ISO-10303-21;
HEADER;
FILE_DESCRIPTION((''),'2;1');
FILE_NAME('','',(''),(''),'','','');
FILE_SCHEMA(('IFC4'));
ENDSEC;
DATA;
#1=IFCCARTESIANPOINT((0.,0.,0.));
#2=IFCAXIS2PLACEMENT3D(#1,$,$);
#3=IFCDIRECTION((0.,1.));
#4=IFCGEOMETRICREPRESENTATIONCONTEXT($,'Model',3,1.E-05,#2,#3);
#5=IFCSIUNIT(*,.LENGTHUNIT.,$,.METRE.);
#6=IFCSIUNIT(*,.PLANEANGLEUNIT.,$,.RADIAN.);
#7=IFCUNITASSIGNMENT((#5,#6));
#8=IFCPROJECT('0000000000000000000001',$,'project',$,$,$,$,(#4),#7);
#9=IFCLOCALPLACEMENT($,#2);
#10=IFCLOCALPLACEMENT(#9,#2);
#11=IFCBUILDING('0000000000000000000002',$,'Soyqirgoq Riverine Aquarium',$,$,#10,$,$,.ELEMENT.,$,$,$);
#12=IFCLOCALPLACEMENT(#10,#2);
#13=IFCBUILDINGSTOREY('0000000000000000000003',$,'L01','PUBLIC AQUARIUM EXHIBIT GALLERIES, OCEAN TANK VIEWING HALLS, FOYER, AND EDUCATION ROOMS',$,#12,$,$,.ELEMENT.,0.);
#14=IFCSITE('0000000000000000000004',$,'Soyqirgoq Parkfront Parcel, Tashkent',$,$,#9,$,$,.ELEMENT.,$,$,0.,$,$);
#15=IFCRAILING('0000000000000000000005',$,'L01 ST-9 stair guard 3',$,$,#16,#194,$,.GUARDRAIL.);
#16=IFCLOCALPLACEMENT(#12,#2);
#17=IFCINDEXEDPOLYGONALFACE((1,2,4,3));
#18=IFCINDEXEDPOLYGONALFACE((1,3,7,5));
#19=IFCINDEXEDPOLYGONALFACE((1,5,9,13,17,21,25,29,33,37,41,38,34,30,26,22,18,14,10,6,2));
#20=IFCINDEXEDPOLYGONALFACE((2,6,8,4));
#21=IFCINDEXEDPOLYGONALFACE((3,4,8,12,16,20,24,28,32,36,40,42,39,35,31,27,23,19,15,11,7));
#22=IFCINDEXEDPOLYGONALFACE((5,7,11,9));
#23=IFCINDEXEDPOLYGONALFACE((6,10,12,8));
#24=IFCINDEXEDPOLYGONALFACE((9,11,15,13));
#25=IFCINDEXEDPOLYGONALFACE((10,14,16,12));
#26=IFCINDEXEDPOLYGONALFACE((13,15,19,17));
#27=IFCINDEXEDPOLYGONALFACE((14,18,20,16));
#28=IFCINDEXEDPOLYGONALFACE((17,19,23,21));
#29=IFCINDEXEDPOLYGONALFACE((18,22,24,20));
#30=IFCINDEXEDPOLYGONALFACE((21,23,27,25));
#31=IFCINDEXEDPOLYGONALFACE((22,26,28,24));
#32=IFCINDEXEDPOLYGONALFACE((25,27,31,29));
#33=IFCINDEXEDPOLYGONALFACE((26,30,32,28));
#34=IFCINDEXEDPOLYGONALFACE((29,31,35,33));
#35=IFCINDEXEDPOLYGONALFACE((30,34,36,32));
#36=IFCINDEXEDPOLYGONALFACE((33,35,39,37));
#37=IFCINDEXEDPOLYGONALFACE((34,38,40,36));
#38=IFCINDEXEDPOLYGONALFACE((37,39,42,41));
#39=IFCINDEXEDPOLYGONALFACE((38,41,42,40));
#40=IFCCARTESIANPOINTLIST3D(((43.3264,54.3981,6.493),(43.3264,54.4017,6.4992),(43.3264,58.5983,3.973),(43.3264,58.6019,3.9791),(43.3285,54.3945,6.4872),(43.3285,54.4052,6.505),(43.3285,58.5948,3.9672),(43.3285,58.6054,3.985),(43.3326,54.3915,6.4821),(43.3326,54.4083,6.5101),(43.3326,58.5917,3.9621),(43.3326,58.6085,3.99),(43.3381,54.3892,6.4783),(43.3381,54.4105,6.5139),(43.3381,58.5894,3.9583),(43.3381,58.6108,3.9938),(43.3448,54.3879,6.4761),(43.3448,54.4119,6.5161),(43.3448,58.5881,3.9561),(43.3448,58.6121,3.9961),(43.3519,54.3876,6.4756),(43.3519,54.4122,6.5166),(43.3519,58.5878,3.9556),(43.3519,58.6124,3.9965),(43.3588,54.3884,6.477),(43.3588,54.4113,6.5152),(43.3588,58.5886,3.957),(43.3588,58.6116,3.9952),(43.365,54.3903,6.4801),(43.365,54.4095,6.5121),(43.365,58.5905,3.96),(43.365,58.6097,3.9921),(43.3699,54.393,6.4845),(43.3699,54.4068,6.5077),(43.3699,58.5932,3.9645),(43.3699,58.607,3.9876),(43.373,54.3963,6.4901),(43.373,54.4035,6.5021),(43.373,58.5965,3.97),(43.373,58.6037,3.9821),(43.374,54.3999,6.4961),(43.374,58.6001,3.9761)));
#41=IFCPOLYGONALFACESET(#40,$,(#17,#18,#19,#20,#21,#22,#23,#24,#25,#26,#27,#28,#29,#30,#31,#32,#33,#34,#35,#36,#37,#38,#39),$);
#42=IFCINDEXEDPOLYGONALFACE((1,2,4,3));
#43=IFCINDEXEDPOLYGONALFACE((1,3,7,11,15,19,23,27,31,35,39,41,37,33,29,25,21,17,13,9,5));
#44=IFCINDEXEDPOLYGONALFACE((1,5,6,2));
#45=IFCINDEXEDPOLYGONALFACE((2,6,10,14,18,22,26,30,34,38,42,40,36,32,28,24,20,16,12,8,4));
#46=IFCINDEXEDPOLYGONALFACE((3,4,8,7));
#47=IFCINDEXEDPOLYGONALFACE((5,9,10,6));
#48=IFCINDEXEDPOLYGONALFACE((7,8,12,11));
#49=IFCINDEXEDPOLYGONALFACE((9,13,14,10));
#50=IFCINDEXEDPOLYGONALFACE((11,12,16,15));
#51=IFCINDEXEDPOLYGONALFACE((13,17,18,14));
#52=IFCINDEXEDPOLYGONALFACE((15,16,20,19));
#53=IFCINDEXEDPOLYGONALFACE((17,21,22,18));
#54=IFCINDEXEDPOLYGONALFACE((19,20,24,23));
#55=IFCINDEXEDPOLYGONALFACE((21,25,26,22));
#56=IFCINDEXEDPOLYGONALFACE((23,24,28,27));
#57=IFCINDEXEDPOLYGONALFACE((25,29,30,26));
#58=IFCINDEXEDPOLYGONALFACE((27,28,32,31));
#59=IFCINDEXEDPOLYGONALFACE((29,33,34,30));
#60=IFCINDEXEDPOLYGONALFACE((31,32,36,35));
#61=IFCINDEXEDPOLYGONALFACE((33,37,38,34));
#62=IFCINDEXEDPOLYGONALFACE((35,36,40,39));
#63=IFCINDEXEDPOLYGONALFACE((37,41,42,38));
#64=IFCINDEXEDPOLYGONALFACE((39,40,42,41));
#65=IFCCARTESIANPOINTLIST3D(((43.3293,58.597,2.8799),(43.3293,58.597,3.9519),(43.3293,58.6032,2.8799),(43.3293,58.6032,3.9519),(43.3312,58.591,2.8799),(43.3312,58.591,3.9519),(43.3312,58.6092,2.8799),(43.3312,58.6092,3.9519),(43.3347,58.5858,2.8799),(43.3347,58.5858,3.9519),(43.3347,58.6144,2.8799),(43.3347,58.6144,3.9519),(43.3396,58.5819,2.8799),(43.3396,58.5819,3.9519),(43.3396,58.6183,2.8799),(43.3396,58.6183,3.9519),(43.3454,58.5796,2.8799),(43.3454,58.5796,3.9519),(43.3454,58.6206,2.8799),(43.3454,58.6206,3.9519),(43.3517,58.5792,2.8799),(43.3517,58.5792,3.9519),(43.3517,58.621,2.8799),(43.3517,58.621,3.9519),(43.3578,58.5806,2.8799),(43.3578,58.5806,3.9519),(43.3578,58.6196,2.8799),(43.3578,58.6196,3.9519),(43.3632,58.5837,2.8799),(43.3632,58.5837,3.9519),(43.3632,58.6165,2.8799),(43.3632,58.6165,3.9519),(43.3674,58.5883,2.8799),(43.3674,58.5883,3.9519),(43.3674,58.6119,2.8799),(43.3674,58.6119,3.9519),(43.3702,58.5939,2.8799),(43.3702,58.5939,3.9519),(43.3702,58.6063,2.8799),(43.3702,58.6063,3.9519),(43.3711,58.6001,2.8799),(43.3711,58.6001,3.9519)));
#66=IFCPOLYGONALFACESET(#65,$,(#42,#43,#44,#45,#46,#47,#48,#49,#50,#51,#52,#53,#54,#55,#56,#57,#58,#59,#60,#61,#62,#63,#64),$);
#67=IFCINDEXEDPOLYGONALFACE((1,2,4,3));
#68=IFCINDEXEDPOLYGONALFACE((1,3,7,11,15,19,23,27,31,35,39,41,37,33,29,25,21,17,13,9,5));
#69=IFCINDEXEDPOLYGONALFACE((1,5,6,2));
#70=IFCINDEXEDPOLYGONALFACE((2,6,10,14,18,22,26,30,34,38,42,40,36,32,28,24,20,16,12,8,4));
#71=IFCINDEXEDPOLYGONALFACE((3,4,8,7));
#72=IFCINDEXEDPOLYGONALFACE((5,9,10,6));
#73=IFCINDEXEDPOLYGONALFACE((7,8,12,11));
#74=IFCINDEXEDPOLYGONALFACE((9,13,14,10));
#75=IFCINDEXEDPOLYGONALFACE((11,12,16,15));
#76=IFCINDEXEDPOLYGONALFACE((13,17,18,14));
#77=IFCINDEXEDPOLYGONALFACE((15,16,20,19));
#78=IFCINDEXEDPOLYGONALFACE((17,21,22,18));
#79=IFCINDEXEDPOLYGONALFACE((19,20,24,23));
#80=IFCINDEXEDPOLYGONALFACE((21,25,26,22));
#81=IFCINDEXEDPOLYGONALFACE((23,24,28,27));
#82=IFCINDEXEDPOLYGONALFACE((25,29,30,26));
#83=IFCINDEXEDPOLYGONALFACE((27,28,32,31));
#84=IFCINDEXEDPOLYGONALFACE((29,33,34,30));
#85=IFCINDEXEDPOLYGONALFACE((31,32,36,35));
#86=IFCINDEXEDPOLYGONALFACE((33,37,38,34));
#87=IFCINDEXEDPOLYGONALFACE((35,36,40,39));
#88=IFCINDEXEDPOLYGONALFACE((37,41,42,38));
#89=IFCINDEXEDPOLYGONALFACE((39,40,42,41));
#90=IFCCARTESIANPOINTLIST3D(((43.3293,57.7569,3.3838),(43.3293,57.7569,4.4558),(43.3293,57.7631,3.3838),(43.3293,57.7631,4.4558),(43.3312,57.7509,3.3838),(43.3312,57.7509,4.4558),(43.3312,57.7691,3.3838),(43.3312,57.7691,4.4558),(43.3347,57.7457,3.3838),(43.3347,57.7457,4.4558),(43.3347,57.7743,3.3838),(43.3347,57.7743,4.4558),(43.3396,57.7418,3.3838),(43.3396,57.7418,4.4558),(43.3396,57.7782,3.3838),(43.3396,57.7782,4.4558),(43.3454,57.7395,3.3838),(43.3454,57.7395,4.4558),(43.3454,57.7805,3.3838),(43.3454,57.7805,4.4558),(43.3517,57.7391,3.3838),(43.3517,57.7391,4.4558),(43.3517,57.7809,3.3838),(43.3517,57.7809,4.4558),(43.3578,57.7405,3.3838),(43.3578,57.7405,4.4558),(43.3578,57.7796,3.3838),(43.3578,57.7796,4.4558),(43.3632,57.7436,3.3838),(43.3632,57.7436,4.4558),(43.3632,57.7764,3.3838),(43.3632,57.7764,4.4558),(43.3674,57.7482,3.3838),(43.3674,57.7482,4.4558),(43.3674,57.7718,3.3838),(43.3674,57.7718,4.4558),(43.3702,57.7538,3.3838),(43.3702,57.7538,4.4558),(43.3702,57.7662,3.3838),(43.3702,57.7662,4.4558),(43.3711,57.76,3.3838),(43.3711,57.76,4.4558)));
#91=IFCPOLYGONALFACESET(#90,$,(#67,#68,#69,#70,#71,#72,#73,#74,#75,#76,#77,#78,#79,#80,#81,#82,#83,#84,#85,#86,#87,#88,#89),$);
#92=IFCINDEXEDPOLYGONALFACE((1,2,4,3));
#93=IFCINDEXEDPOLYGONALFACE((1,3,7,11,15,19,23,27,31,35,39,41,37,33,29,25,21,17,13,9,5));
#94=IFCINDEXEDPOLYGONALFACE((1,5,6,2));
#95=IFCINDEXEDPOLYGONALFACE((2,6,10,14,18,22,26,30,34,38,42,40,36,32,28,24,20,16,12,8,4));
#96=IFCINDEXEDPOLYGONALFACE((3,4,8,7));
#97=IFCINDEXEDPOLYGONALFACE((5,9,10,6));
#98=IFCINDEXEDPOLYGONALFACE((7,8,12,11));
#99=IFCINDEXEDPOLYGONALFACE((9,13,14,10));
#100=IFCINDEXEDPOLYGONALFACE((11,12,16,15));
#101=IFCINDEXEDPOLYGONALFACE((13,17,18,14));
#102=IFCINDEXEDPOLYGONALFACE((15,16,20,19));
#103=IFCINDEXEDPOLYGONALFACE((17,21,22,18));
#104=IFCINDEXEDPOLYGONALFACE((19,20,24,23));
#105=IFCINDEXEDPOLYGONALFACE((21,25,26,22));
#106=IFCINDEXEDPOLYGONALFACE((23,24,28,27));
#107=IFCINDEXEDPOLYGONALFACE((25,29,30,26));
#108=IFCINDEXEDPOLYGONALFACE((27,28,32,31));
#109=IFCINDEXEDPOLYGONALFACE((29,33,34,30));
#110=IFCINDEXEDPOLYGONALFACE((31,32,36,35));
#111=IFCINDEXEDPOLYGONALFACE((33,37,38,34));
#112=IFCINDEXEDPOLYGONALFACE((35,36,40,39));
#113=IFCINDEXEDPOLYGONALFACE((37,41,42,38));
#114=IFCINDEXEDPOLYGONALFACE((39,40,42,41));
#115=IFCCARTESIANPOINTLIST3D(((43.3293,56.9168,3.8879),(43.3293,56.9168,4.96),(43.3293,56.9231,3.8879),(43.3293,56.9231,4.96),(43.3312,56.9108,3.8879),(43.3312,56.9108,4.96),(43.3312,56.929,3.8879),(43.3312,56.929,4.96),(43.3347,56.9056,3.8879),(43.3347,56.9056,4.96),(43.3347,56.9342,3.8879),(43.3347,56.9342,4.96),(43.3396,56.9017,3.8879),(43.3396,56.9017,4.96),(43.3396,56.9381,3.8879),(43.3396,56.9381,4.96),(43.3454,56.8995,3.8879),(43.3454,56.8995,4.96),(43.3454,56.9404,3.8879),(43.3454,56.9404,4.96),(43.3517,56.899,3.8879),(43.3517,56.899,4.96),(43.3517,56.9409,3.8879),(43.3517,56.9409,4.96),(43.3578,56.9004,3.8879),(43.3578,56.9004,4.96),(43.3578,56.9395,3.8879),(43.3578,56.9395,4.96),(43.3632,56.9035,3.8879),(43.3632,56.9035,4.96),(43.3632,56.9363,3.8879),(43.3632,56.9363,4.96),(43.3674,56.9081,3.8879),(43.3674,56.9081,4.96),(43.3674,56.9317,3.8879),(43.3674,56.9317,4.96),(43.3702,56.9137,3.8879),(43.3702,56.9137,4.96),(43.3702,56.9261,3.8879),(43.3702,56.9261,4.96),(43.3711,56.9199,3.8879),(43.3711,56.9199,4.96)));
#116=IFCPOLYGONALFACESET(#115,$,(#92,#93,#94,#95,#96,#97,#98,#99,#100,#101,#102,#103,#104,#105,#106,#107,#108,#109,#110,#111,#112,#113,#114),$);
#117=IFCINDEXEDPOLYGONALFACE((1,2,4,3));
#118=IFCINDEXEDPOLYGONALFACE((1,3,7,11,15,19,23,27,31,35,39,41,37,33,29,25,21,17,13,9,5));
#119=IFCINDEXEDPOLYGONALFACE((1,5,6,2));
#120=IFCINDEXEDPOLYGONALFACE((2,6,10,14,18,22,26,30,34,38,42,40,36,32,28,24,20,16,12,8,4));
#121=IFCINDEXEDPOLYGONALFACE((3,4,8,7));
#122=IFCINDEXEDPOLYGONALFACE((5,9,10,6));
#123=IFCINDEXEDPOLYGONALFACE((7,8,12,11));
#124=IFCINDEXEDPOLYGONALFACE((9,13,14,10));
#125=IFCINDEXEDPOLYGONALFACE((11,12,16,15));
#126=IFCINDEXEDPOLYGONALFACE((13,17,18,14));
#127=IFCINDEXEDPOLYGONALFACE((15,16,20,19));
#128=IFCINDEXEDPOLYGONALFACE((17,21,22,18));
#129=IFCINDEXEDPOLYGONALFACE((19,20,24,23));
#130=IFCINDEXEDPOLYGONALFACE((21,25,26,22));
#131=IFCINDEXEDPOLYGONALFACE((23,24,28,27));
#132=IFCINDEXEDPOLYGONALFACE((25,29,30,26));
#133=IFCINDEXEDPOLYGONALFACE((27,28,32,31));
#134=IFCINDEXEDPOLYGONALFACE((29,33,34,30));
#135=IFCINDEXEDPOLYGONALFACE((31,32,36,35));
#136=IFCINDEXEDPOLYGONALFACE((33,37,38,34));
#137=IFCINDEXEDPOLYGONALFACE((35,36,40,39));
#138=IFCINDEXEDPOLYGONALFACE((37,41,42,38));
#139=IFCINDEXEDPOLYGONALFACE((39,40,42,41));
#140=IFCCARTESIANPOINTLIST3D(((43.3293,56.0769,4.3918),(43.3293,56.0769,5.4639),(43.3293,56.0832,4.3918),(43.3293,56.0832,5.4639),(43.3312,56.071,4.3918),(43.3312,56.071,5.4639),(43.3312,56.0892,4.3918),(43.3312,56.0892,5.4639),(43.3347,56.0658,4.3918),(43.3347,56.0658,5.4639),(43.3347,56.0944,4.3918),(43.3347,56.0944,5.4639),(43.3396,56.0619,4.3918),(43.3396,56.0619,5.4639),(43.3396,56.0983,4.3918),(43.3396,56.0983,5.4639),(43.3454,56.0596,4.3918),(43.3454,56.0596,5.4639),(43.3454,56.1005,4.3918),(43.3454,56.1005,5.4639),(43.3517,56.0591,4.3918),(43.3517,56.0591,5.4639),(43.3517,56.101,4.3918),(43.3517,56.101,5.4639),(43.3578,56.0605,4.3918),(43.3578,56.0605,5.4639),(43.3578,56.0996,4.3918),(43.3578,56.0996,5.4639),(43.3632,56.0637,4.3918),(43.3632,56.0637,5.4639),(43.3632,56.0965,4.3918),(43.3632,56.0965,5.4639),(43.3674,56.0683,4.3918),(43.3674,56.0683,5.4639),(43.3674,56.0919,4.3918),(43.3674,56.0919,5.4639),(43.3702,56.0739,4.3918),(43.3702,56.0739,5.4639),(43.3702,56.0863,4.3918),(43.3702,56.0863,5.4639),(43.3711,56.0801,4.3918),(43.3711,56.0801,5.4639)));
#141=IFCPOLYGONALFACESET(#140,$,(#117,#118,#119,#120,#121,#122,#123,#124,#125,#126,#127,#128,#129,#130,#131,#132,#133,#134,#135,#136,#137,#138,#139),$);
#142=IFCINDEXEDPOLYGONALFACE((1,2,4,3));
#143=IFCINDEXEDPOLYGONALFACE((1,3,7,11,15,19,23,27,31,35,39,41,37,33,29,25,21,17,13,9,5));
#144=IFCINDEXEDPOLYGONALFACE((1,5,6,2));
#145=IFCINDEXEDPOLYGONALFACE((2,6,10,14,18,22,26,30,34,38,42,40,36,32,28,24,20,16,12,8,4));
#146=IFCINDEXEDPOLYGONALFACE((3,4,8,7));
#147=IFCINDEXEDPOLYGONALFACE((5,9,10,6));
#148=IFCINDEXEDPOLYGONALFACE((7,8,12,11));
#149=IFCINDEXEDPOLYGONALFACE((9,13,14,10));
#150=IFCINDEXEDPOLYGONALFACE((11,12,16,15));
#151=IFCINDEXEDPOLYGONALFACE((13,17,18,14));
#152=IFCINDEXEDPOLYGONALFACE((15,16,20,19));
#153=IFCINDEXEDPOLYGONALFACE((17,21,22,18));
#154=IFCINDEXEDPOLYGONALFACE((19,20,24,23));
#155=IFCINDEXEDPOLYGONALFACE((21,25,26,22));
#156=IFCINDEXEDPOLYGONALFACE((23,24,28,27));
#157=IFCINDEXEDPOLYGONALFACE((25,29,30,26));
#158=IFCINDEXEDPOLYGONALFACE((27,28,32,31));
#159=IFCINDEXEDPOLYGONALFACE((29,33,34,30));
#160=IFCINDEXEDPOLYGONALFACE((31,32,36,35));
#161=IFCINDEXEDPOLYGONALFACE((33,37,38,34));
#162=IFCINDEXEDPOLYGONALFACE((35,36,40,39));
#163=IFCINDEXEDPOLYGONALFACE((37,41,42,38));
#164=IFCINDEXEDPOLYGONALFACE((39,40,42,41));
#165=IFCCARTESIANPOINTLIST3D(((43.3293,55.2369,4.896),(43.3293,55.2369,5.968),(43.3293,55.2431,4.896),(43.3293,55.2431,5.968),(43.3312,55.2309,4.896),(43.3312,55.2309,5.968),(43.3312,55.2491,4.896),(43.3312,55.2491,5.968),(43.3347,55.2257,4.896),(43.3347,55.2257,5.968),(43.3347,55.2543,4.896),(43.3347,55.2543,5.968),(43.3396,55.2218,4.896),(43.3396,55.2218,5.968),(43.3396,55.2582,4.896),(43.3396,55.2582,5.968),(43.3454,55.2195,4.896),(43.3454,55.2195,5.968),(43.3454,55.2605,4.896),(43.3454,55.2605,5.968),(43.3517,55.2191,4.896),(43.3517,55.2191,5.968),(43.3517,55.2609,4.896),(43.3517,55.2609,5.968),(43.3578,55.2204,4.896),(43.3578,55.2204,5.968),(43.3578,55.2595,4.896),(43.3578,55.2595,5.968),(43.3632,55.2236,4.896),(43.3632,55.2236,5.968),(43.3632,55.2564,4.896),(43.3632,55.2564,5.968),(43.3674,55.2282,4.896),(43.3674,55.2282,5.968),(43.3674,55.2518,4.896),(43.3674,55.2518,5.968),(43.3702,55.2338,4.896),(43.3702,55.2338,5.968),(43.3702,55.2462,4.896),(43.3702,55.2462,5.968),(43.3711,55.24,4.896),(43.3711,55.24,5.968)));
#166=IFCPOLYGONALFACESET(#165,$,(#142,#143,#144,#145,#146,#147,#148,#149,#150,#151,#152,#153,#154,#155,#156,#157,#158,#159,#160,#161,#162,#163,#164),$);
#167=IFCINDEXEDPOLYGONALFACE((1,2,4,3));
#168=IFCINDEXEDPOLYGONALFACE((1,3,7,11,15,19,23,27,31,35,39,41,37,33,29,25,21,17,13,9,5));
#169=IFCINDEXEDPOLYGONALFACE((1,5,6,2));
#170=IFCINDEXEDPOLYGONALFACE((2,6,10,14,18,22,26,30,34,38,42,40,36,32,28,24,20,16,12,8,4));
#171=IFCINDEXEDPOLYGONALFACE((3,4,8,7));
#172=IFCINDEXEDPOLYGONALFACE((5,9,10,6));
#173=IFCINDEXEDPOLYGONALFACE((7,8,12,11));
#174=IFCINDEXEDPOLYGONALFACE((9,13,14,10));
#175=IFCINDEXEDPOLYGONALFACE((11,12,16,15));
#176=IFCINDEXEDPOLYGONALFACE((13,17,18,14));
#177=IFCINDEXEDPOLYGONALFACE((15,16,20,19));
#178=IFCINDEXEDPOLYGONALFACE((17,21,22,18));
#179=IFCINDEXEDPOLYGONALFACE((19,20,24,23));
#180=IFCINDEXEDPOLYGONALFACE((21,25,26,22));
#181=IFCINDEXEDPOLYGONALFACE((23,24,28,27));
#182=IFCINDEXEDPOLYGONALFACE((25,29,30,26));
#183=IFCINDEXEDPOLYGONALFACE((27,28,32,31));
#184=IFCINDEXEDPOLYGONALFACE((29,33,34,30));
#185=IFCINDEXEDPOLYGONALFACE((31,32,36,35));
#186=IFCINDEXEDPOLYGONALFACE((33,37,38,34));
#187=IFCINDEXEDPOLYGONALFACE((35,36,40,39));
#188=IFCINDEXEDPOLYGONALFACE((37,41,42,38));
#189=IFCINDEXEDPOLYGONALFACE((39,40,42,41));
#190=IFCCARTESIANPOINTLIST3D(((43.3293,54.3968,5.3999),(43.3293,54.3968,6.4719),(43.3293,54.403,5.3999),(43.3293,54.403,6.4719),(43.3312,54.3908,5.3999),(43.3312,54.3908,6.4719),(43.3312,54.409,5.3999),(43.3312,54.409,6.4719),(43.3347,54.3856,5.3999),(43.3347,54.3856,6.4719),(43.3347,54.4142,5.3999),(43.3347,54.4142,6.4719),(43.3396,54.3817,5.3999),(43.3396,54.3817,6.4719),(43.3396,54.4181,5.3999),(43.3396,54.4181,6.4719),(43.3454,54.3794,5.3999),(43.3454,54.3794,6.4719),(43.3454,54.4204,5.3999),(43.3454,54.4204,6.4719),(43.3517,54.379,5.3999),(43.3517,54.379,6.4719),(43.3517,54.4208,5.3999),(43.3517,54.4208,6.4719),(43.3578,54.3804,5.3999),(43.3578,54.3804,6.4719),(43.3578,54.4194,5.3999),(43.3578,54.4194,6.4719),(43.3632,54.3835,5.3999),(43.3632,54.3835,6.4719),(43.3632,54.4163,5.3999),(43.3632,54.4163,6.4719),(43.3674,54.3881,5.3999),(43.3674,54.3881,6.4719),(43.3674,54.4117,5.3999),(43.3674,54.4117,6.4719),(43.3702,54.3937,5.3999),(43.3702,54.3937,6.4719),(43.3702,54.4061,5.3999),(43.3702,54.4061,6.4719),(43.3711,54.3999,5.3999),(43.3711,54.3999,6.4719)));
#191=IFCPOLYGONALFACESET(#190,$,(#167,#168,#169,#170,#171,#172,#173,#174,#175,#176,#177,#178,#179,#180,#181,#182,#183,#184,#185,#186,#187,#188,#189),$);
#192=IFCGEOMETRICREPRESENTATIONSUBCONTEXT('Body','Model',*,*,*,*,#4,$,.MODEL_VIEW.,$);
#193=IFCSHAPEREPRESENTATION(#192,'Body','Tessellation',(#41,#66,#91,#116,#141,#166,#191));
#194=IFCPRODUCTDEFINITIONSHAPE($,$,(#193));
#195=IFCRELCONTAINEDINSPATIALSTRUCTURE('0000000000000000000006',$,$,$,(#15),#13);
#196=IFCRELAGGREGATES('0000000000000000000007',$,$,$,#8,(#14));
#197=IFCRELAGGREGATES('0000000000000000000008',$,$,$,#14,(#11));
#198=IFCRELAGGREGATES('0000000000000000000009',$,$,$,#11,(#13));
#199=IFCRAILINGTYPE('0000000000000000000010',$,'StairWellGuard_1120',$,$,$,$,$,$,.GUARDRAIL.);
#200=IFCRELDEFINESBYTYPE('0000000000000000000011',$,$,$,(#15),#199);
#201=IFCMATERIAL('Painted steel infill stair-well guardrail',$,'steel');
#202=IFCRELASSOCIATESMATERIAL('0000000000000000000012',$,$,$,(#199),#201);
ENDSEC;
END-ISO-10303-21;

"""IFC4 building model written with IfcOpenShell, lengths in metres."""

from ifc_helpers import new_model, si_unit, direction, frame, origin, origin_2d, place, context, subcontext, project, spatial, circle, extrude, material, type_object, element, save


model = new_model("IFC4")

# Units and contexts
model_context = context("Model", 3, precision=1e-05, world=origin(), true_north=direction((0.0, 1.0)))
body_context = subcontext(model_context, "Body", "Model", "MODEL_VIEW")
ifc_project = project(units=[si_unit("LENGTHUNIT", "METRE"), si_unit("PLANEANGLEUNIT", "RADIAN")], contexts=[model_context])

# Site, building, storey
site_placement = place(None, origin())
site = spatial("IfcSite", under=ifc_project, at=site_placement, Name="Soyqirgoq Parkfront Parcel, Tashkent", CompositionType="ELEMENT", RefElevation=0.0)
building_placement = place(site_placement, origin())
building = spatial("IfcBuilding", under=site, at=building_placement, Name="Soyqirgoq Riverine Aquarium", CompositionType="ELEMENT")
storey_placement = place(building_placement, origin())
storey = spatial("IfcBuildingStorey", under=building, at=storey_placement, Name="L01", Description="PUBLIC AQUARIUM EXHIBIT GALLERIES, OCEAN TANK VIEWING HALLS, FOYER, AND EDUCATION ROOMS", CompositionType="ELEMENT", Elevation=0.0)

# Railing
ifc_material_1 = material(Name="Painted steel infill stair-well guardrail", Category="steel")
railing_type_1 = type_object("IfcRailingType", Name="StairWellGuard_1120", PredefinedType="GUARDRAIL", material=ifc_material_1)
railing_1_placement = place(storey_placement, frame((43.3501, 58.6001, 2.8799)))
element("IfcRailing", 1, at=railing_1_placement, inside=storey, type_object=railing_type_1, Name="L01 ST-9 stair guard 3", PredefinedType="GUARDRAIL", context=body_context, shape_type="SweptSolid", body=[
    extrude(circle(Radius=0.0239, at=origin_2d()), frame((0.0, 0.0, 1.0962), z_axis=(0.0, -0.857502, 0.514481), x_axis=(1.0, 0.0, 0.0)), (0.0, 0.0, 1.0), 4.8982),
    extrude(circle(Radius=0.021, at=origin_2d()), origin(), (0.0, 0.0, 1.0), 1.072),
    extrude(circle(Radius=0.021, at=origin_2d()), frame((0.0, -0.8401, 0.5039)), (0.0, 0.0, 1.0), 1.072),
    extrude(circle(Radius=0.021, at=origin_2d()), frame((0.0, -1.6802, 1.0081)), (0.0, 0.0, 1.0), 1.072),
    extrude(circle(Radius=0.021, at=origin_2d()), frame((0.0, -2.52, 1.512)), (0.0, 0.0, 1.0), 1.072),
    extrude(circle(Radius=0.021, at=origin_2d()), frame((0.0, -3.3601, 2.0161)), (0.0, 0.0, 1.0), 1.072),
    extrude(circle(Radius=0.021, at=origin_2d()), frame((0.0, -4.2002, 2.52)), (0.0, 0.0, 1.0), 1.072),
])

save(model, "model.ifc")
